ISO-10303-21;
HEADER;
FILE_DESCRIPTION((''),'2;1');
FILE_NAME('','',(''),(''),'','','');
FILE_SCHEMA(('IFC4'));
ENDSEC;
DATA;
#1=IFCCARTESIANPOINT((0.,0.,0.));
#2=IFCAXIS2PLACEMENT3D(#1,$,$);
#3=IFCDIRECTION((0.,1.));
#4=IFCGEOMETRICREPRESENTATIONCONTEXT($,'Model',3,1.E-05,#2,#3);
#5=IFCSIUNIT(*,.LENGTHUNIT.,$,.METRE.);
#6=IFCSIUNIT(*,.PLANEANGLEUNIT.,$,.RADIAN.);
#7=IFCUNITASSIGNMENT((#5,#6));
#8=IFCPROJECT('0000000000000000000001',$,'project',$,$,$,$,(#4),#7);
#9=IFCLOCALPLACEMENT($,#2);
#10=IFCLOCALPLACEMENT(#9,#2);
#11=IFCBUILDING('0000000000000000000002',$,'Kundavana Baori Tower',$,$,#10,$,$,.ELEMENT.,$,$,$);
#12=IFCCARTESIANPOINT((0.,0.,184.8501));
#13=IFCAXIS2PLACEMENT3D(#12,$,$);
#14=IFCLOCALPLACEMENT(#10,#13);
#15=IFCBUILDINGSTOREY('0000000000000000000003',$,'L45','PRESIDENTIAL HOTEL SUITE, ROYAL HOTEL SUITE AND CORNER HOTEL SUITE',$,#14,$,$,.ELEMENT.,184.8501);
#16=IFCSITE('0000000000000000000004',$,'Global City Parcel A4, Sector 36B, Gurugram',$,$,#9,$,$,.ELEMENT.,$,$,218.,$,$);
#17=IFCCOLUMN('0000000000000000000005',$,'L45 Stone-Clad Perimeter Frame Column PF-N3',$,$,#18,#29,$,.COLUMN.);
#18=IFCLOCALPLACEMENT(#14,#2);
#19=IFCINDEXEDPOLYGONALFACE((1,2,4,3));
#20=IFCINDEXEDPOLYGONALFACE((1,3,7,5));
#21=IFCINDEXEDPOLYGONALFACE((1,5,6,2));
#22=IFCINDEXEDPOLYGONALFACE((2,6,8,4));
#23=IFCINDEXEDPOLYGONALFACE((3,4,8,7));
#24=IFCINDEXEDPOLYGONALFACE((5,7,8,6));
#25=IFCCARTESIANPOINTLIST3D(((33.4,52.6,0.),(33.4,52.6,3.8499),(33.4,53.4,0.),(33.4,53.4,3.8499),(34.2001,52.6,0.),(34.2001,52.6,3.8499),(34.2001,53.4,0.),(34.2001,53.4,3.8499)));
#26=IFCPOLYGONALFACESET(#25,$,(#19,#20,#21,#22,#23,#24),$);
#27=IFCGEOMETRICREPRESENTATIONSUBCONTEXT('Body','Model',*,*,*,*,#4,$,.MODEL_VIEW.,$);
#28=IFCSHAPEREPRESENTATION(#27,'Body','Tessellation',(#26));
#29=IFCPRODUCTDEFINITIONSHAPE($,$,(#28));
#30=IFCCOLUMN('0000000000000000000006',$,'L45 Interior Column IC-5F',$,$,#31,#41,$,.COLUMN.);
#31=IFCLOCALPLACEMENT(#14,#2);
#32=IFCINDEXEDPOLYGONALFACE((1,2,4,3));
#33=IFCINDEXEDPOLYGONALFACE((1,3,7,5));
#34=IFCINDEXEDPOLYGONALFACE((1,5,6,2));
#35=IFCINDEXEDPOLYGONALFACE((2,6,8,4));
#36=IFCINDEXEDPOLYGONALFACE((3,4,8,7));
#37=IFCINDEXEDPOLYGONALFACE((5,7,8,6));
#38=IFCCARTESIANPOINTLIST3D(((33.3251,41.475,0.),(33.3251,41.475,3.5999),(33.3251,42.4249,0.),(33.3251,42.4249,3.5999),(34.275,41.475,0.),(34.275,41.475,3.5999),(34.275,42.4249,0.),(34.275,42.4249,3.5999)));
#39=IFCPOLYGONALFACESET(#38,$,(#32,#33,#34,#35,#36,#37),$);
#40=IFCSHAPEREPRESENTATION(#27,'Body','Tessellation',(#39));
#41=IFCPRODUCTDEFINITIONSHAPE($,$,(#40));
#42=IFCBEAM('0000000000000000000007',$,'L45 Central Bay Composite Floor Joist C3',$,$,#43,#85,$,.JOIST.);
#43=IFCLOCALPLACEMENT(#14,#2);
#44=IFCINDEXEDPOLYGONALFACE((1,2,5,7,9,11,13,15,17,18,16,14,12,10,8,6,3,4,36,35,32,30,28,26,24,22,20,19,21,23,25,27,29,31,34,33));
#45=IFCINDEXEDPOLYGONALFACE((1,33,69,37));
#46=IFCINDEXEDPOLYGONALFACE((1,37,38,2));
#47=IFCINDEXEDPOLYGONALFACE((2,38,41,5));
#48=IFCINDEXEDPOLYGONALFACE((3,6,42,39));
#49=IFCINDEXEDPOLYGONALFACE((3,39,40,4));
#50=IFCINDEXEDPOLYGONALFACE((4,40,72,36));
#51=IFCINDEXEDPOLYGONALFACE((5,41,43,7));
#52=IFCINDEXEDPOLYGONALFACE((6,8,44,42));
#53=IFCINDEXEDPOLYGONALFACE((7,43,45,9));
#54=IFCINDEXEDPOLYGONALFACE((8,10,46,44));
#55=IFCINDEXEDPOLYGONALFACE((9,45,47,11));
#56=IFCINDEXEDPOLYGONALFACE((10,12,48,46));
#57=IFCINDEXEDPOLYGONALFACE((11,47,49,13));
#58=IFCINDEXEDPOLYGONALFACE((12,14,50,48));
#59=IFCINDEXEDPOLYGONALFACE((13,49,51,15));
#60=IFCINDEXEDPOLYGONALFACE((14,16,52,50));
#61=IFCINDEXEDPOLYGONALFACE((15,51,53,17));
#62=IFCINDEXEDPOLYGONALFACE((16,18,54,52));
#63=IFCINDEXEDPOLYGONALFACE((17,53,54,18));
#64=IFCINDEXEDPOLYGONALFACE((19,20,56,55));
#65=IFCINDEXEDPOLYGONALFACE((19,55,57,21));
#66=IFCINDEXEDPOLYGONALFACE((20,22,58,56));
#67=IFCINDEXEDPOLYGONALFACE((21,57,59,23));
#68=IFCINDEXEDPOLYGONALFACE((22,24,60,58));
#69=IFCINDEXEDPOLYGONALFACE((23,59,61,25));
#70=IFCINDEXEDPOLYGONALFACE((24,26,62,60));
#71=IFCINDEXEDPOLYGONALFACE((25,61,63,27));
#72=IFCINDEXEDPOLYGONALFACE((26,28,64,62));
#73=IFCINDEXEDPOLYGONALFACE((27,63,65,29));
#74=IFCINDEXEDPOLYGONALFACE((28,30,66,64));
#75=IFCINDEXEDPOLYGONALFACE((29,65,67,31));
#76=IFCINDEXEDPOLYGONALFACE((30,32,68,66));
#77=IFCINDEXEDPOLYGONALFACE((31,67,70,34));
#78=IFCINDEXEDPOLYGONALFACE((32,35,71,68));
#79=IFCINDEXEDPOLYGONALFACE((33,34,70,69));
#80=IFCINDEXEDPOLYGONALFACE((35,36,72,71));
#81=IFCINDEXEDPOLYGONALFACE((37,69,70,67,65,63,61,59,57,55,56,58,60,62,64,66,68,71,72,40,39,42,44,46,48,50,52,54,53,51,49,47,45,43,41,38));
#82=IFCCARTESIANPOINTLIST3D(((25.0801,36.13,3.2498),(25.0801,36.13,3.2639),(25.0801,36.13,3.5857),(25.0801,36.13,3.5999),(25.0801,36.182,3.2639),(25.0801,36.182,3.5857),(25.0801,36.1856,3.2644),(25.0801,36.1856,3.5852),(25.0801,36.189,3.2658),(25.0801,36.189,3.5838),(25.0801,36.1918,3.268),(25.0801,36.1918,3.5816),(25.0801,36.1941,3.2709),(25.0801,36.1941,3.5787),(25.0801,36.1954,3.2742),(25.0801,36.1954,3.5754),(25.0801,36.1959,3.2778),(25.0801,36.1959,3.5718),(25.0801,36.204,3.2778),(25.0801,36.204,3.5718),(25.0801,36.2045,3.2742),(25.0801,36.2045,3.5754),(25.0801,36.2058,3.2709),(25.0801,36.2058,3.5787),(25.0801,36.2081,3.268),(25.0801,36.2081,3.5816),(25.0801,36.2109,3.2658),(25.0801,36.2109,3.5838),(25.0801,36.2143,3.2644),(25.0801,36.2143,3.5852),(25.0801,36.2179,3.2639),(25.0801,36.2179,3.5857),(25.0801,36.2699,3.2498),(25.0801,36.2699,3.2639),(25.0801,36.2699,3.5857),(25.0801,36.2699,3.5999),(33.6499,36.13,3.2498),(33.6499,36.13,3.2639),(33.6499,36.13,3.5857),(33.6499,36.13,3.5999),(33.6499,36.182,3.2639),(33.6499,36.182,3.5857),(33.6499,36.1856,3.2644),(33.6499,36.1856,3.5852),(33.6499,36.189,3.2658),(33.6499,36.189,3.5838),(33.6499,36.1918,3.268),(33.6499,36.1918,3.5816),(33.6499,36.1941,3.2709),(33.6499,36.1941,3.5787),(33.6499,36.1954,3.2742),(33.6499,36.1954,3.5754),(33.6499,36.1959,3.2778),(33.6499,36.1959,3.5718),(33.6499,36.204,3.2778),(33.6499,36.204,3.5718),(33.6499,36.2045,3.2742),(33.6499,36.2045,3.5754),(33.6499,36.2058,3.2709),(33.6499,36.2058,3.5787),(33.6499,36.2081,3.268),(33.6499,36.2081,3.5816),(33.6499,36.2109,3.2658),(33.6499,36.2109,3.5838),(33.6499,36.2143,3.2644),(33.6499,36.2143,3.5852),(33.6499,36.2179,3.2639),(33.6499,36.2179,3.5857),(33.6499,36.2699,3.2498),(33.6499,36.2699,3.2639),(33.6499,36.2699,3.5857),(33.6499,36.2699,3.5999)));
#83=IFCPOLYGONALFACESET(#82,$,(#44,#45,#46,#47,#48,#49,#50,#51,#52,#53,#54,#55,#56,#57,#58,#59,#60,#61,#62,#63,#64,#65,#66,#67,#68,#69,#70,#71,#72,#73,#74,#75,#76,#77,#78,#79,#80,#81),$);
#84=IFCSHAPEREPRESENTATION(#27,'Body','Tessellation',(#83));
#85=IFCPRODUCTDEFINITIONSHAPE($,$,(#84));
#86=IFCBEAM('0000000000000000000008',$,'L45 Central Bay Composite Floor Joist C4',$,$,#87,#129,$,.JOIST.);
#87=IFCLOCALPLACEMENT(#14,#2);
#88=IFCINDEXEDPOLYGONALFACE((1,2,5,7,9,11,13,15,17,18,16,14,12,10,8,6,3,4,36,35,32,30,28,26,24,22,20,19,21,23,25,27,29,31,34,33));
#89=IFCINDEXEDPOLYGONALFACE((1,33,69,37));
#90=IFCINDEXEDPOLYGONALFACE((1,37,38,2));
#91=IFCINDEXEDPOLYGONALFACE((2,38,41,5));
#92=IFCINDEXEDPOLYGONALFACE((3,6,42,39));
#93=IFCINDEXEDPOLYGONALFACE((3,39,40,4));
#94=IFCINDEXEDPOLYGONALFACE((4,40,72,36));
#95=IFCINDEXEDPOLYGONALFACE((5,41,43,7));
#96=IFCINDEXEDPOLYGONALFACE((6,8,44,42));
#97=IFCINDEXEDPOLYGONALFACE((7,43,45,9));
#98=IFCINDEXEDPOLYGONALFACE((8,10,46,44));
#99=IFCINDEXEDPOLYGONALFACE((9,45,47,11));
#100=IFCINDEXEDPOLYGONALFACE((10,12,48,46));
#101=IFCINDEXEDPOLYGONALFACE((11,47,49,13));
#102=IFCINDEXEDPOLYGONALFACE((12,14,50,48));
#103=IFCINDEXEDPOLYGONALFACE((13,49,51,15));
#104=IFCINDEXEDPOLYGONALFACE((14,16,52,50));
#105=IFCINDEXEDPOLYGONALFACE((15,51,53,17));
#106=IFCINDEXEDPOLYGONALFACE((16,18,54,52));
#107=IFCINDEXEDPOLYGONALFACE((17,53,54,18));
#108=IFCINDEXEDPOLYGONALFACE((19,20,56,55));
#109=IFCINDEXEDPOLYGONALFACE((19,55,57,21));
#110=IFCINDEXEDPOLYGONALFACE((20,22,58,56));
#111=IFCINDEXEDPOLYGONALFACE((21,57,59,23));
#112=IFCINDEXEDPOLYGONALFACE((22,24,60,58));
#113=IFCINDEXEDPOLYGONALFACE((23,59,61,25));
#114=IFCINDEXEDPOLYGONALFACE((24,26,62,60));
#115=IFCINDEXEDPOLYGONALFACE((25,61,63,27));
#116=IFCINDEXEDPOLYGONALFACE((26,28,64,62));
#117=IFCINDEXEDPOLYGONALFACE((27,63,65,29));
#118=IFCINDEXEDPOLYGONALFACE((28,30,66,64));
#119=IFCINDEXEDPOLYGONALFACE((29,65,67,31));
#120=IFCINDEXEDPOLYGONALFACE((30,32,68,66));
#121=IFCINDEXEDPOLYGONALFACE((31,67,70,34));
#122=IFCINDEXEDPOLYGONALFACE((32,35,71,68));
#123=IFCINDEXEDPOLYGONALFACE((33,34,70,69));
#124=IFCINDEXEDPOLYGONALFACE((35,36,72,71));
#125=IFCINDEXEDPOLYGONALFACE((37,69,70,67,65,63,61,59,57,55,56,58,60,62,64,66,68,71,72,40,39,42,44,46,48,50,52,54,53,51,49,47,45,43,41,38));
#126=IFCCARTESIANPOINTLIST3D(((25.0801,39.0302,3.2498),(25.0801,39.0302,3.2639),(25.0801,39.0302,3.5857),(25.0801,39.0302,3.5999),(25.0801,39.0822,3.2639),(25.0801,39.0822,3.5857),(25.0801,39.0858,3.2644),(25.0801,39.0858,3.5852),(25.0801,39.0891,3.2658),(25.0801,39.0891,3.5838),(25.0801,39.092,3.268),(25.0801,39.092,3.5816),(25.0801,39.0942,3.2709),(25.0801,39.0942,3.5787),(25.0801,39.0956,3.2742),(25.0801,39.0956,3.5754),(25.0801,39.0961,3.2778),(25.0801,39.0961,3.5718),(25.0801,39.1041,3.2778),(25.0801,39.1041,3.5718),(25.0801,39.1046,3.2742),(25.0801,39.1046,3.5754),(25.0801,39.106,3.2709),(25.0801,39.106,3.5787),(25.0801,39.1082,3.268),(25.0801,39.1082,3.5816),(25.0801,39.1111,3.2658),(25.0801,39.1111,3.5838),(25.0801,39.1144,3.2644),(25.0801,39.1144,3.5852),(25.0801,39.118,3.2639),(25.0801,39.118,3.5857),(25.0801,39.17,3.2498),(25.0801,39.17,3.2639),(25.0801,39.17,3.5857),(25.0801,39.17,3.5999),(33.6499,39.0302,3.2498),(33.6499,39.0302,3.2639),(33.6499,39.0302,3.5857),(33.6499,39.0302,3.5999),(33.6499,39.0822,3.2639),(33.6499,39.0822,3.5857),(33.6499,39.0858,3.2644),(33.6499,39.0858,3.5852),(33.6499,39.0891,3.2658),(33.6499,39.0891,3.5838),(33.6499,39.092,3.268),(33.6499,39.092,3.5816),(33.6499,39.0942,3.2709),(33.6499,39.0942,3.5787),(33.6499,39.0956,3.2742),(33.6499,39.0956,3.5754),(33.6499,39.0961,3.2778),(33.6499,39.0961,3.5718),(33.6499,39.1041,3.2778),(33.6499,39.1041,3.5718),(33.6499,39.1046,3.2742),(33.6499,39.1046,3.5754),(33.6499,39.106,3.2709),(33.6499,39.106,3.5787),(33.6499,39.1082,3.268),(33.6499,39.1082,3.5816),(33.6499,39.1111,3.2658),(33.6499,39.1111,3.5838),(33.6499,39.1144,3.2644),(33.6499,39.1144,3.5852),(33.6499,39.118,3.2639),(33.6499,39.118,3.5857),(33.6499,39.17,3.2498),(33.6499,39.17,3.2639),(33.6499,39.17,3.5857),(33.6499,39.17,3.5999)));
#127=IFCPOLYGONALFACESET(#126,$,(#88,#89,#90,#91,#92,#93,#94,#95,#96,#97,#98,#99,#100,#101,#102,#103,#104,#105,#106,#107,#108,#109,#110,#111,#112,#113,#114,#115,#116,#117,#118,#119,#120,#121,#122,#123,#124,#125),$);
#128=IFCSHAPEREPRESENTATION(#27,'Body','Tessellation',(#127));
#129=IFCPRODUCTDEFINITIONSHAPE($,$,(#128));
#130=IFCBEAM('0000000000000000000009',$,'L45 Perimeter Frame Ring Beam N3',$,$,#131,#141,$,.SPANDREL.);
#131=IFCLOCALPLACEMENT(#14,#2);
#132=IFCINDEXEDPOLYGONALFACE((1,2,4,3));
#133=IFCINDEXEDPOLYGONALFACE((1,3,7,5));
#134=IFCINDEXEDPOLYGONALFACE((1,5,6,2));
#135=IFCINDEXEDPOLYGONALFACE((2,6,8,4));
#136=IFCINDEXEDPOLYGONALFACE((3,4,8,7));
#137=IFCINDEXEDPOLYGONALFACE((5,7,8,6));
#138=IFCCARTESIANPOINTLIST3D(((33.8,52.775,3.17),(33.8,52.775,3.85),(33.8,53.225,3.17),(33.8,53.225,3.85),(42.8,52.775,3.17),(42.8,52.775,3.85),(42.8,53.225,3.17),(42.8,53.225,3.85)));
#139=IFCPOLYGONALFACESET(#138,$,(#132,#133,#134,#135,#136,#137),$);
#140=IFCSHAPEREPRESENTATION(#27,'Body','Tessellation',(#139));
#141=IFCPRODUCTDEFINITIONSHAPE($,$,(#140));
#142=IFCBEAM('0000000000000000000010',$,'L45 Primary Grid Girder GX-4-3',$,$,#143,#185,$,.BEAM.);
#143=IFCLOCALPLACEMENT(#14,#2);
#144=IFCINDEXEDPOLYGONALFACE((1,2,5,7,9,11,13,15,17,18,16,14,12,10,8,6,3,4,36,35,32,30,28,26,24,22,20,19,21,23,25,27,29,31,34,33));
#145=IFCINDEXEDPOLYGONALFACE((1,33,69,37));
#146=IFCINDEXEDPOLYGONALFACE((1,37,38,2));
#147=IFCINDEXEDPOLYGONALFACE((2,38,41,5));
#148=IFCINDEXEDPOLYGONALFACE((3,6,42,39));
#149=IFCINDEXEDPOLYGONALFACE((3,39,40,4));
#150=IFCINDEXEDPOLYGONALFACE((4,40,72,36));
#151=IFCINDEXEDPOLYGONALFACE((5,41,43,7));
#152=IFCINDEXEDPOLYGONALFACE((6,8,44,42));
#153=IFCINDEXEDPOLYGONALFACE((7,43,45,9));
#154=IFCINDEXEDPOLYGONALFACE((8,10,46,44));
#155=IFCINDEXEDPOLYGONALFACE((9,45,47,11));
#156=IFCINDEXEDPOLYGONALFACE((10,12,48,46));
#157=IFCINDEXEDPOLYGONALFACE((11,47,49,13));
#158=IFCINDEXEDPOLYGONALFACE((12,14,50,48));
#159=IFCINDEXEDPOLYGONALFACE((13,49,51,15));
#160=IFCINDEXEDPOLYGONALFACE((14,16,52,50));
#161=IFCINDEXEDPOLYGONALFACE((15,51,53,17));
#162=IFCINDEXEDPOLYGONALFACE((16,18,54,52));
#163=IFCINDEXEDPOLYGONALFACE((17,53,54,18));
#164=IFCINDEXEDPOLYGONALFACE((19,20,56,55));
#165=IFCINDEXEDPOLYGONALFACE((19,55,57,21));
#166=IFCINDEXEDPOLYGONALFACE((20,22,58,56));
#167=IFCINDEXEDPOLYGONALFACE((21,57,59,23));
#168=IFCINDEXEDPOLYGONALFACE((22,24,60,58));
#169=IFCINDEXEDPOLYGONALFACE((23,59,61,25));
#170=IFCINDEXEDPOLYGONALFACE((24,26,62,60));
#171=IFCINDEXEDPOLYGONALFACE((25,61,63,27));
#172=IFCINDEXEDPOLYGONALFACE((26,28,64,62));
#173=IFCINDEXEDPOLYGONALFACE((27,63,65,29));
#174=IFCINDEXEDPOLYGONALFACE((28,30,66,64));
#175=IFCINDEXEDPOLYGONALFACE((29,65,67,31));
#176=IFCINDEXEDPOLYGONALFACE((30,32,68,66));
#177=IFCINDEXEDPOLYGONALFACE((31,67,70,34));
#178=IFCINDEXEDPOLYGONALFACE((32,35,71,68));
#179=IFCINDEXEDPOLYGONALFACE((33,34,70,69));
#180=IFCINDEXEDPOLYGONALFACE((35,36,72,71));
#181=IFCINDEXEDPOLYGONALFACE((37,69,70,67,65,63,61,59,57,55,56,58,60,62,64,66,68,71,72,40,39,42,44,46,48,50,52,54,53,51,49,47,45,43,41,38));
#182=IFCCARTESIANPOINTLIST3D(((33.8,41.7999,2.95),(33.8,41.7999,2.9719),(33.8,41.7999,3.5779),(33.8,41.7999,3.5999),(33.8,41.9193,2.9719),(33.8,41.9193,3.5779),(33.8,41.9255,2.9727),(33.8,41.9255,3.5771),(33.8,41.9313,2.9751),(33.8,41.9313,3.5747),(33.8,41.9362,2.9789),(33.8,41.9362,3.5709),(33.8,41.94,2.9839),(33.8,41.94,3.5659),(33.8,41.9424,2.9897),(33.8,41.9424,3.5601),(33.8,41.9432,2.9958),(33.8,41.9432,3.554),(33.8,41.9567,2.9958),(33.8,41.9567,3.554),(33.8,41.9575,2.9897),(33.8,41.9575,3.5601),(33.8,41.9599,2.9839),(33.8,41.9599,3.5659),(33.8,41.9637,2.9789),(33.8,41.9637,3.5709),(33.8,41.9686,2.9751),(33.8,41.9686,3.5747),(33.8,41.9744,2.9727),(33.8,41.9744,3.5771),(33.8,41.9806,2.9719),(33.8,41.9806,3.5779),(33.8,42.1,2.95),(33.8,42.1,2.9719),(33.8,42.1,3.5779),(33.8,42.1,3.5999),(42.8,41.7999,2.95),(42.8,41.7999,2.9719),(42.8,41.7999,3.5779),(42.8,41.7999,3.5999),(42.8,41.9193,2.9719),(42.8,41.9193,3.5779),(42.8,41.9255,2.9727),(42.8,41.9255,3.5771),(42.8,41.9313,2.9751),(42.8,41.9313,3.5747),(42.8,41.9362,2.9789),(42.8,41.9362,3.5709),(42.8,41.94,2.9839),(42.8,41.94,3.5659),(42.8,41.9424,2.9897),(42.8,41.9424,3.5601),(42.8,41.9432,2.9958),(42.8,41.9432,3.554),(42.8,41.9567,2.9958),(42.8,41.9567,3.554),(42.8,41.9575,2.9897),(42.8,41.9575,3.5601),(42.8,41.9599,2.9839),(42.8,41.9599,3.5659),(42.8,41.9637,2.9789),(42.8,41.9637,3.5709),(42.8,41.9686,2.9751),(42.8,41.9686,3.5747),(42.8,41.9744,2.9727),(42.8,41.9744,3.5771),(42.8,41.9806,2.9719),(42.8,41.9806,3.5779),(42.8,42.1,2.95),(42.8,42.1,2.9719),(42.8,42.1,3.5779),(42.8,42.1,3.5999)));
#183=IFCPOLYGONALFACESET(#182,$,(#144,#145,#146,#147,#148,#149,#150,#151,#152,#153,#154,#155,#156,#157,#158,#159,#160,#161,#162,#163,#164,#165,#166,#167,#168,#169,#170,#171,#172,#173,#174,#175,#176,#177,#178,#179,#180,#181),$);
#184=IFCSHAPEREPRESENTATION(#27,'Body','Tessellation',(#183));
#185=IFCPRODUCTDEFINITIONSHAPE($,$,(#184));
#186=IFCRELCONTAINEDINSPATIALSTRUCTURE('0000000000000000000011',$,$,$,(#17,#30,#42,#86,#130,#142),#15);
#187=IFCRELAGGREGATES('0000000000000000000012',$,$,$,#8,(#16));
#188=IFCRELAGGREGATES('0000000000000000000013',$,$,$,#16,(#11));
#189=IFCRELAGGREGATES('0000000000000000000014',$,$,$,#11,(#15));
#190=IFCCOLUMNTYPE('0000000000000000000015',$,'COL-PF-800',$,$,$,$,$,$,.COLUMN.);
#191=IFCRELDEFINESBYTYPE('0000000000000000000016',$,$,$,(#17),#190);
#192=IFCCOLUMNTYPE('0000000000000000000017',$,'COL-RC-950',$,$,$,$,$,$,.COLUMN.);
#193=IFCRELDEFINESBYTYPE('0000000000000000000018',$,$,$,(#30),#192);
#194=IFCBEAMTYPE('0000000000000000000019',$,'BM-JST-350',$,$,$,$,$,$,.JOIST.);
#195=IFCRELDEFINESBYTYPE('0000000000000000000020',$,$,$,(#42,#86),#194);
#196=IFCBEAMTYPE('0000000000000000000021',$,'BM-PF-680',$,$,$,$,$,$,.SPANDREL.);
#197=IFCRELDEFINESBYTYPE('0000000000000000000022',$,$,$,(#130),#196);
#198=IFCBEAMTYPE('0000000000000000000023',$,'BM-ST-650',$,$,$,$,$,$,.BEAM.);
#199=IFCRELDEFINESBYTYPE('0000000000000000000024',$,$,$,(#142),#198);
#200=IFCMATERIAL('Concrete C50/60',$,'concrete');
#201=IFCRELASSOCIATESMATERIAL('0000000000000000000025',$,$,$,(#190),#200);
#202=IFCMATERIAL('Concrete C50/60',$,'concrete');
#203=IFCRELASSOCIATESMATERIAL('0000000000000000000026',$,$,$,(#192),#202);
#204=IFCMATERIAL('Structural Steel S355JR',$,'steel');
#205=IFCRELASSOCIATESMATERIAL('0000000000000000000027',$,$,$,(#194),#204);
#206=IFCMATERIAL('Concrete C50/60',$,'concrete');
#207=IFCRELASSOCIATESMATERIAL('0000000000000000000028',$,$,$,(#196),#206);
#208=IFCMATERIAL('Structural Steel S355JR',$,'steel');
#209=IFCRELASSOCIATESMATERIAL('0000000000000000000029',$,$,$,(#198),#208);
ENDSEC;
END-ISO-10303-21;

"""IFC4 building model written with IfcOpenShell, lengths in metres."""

from ifc_helpers import new_model, si_unit, direction, frame, origin, origin_2d, place, context, subcontext, project, spatial, rectangle, i_section, extrude, material, material_profile, profile_set, type_object, element, save


model = new_model("IFC4")

# Units and contexts
model_context = context("Model", 3, precision=1e-05, world=origin(), true_north=direction((0.0, 1.0)))
body_context = subcontext(model_context, "Body", "Model", "MODEL_VIEW")
ifc_project = project(units=[si_unit("LENGTHUNIT", "METRE"), si_unit("PLANEANGLEUNIT", "RADIAN")], contexts=[model_context])

# Site, building, storey
site_placement = place(None, origin())
site = spatial("IfcSite", under=ifc_project, at=site_placement, Name="Global City Parcel A4, Sector 36B, Gurugram", CompositionType="ELEMENT", RefElevation=218.0)
building_placement = place(site_placement, origin())
building = spatial("IfcBuilding", under=site, at=building_placement, Name="Kundavana Baori Tower", CompositionType="ELEMENT")
storey_placement = place(building_placement, frame((0.0, 0.0, 184.8501)))
storey = spatial("IfcBuildingStorey", under=building, at=storey_placement, Name="L45", Description="PRESIDENTIAL HOTEL SUITE, ROYAL HOTEL SUITE AND CORNER HOTEL SUITE", CompositionType="ELEMENT", Elevation=184.8501)

# Columns
ifc_material_1 = material(Name="Concrete C50/60", Category="concrete")
ifc_material_profile_1 = material_profile(ifc_material_1, rectangle(XDim=0.8, YDim=0.8, at=origin_2d()), Name="RC PF 800x800")
ifc_profile_set_1 = profile_set([ifc_material_profile_1], Name="Concrete C50/60")
column_type_1 = type_object("IfcColumnType", Name="COL-PF-800", PredefinedType="COLUMN", material=ifc_profile_set_1)
column_1_placement = place(storey_placement, frame((33.8, 53.0, 0.0), z_axis=(0.0, 0.0, 1.0), x_axis=(1.0, 0.0, 0.0)))
element("IfcColumn", 1, at=column_1_placement, inside=storey, type_object=column_type_1, Name="L45 Stone-Clad Perimeter Frame Column PF-N3", PredefinedType="COLUMN", context=body_context, shape_type="SweptSolid", body=[
    extrude(rectangle(XDim=0.8, YDim=0.8, at=origin_2d()), origin(), (0.0, 0.0, 1.0), 3.8499),
])
ifc_material_2 = material(Name="Concrete C50/60", Category="concrete")
ifc_material_profile_2 = material_profile(ifc_material_2, rectangle(XDim=0.95, YDim=0.95, at=origin_2d()), Name="RC 950x950")
ifc_profile_set_2 = profile_set([ifc_material_profile_2], Name="Concrete C50/60")
column_type_2 = type_object("IfcColumnType", Name="COL-RC-950", PredefinedType="COLUMN", material=ifc_profile_set_2)
column_2_placement = place(storey_placement, frame((33.8, 41.95, 0.0), z_axis=(0.0, 0.0, 1.0), x_axis=(1.0, 0.0, 0.0)))
element("IfcColumn", 2, at=column_2_placement, inside=storey, type_object=column_type_2, Name="L45 Interior Column IC-5F", PredefinedType="COLUMN", context=body_context, shape_type="SweptSolid", body=[
    extrude(rectangle(XDim=0.95, YDim=0.95, at=origin_2d()), origin(), (0.0, 0.0, 1.0), 3.5999),
])

# Beams
ifc_material_3 = material(Name="Structural Steel S355JR", Category="steel")
ifc_material_profile_3 = material_profile(ifc_material_3, i_section(OverallWidth=0.1399, OverallDepth=0.3501, WebThickness=0.0081, FlangeThickness=0.0142, FilletRadius=0.0139, at=origin_2d()), Name="ISMB 350")
ifc_profile_set_3 = profile_set([ifc_material_profile_3], Name="Structural Steel S355JR")
beam_type_1 = type_object("IfcBeamType", Name="BM-JST-350", PredefinedType="JOIST", material=ifc_profile_set_3)
for number, where, z_axis, x_axis, name in (
    (3, (25.0801, 36.2, 3.4248), (1.0, 0.0, 0.0), (0.0, 1.0, 0.0), "L45 Central Bay Composite Floor Joist C3"),
    (4, (25.0801, 39.1001, 3.4248), (1.0, 0.0, 0.0), (0.0, 1.0, 0.0), "L45 Central Bay Composite Floor Joist C4"),
):
    element("IfcBeam", number, at=place(storey_placement, frame(where, z_axis=z_axis, x_axis=x_axis)), inside=storey, type_object=beam_type_1, Name=name, PredefinedType="JOIST", context=body_context, shape_type="SweptSolid", body=[
        extrude(i_section(OverallWidth=0.1399, OverallDepth=0.3501, WebThickness=0.0081, FlangeThickness=0.0142, FilletRadius=0.0139, at=origin_2d()), origin(), (0.0, 0.0, 1.0), 8.5698),
    ])
ifc_material_4 = material(Name="Concrete C50/60", Category="concrete")
ifc_material_profile_4 = material_profile(ifc_material_4, rectangle(XDim=0.45, YDim=0.6799, at=origin_2d()), Name="RC BM 450x680")
ifc_profile_set_4 = profile_set([ifc_material_profile_4], Name="Concrete C50/60")
beam_type_2 = type_object("IfcBeamType", Name="BM-PF-680", PredefinedType="SPANDREL", material=ifc_profile_set_4)
beam_1_placement = place(storey_placement, frame((33.8, 53.0, 3.51), z_axis=(1.0, 0.0, 0.0), x_axis=(0.0, 1.0, 0.0)))
element("IfcBeam", 5, at=beam_1_placement, inside=storey, type_object=beam_type_2, Name="L45 Perimeter Frame Ring Beam N3", PredefinedType="SPANDREL", context=body_context, shape_type="SweptSolid", body=[
    extrude(rectangle(XDim=0.45, YDim=0.6799, at=origin_2d()), origin(), (0.0, 0.0, 1.0), 9.0),
])
ifc_material_5 = material(Name="Structural Steel S355JR", Category="steel")
ifc_material_profile_5 = material_profile(ifc_material_5, i_section(OverallWidth=0.3, OverallDepth=0.6499, WebThickness=0.0134, FlangeThickness=0.022, FilletRadius=0.0239, at=origin_2d()), Name="NPB 650x300x155")
ifc_profile_set_5 = profile_set([ifc_material_profile_5], Name="Structural Steel S355JR")
beam_type_3 = type_object("IfcBeamType", Name="BM-ST-650", PredefinedType="BEAM", material=ifc_profile_set_5)
beam_2_placement = place(storey_placement, frame((33.8, 41.95, 3.2749), z_axis=(1.0, 0.0, 0.0), x_axis=(0.0, 1.0, 0.0)))
element("IfcBeam", 6, at=beam_2_placement, inside=storey, type_object=beam_type_3, Name="L45 Primary Grid Girder GX-4-3", PredefinedType="BEAM", context=body_context, shape_type="SweptSolid", body=[
    extrude(i_section(OverallWidth=0.3, OverallDepth=0.6499, WebThickness=0.0134, FlangeThickness=0.022, FilletRadius=0.0239, at=origin_2d()), origin(), (0.0, 0.0, 1.0), 9.0),
])

save(model, "model.ifc")
